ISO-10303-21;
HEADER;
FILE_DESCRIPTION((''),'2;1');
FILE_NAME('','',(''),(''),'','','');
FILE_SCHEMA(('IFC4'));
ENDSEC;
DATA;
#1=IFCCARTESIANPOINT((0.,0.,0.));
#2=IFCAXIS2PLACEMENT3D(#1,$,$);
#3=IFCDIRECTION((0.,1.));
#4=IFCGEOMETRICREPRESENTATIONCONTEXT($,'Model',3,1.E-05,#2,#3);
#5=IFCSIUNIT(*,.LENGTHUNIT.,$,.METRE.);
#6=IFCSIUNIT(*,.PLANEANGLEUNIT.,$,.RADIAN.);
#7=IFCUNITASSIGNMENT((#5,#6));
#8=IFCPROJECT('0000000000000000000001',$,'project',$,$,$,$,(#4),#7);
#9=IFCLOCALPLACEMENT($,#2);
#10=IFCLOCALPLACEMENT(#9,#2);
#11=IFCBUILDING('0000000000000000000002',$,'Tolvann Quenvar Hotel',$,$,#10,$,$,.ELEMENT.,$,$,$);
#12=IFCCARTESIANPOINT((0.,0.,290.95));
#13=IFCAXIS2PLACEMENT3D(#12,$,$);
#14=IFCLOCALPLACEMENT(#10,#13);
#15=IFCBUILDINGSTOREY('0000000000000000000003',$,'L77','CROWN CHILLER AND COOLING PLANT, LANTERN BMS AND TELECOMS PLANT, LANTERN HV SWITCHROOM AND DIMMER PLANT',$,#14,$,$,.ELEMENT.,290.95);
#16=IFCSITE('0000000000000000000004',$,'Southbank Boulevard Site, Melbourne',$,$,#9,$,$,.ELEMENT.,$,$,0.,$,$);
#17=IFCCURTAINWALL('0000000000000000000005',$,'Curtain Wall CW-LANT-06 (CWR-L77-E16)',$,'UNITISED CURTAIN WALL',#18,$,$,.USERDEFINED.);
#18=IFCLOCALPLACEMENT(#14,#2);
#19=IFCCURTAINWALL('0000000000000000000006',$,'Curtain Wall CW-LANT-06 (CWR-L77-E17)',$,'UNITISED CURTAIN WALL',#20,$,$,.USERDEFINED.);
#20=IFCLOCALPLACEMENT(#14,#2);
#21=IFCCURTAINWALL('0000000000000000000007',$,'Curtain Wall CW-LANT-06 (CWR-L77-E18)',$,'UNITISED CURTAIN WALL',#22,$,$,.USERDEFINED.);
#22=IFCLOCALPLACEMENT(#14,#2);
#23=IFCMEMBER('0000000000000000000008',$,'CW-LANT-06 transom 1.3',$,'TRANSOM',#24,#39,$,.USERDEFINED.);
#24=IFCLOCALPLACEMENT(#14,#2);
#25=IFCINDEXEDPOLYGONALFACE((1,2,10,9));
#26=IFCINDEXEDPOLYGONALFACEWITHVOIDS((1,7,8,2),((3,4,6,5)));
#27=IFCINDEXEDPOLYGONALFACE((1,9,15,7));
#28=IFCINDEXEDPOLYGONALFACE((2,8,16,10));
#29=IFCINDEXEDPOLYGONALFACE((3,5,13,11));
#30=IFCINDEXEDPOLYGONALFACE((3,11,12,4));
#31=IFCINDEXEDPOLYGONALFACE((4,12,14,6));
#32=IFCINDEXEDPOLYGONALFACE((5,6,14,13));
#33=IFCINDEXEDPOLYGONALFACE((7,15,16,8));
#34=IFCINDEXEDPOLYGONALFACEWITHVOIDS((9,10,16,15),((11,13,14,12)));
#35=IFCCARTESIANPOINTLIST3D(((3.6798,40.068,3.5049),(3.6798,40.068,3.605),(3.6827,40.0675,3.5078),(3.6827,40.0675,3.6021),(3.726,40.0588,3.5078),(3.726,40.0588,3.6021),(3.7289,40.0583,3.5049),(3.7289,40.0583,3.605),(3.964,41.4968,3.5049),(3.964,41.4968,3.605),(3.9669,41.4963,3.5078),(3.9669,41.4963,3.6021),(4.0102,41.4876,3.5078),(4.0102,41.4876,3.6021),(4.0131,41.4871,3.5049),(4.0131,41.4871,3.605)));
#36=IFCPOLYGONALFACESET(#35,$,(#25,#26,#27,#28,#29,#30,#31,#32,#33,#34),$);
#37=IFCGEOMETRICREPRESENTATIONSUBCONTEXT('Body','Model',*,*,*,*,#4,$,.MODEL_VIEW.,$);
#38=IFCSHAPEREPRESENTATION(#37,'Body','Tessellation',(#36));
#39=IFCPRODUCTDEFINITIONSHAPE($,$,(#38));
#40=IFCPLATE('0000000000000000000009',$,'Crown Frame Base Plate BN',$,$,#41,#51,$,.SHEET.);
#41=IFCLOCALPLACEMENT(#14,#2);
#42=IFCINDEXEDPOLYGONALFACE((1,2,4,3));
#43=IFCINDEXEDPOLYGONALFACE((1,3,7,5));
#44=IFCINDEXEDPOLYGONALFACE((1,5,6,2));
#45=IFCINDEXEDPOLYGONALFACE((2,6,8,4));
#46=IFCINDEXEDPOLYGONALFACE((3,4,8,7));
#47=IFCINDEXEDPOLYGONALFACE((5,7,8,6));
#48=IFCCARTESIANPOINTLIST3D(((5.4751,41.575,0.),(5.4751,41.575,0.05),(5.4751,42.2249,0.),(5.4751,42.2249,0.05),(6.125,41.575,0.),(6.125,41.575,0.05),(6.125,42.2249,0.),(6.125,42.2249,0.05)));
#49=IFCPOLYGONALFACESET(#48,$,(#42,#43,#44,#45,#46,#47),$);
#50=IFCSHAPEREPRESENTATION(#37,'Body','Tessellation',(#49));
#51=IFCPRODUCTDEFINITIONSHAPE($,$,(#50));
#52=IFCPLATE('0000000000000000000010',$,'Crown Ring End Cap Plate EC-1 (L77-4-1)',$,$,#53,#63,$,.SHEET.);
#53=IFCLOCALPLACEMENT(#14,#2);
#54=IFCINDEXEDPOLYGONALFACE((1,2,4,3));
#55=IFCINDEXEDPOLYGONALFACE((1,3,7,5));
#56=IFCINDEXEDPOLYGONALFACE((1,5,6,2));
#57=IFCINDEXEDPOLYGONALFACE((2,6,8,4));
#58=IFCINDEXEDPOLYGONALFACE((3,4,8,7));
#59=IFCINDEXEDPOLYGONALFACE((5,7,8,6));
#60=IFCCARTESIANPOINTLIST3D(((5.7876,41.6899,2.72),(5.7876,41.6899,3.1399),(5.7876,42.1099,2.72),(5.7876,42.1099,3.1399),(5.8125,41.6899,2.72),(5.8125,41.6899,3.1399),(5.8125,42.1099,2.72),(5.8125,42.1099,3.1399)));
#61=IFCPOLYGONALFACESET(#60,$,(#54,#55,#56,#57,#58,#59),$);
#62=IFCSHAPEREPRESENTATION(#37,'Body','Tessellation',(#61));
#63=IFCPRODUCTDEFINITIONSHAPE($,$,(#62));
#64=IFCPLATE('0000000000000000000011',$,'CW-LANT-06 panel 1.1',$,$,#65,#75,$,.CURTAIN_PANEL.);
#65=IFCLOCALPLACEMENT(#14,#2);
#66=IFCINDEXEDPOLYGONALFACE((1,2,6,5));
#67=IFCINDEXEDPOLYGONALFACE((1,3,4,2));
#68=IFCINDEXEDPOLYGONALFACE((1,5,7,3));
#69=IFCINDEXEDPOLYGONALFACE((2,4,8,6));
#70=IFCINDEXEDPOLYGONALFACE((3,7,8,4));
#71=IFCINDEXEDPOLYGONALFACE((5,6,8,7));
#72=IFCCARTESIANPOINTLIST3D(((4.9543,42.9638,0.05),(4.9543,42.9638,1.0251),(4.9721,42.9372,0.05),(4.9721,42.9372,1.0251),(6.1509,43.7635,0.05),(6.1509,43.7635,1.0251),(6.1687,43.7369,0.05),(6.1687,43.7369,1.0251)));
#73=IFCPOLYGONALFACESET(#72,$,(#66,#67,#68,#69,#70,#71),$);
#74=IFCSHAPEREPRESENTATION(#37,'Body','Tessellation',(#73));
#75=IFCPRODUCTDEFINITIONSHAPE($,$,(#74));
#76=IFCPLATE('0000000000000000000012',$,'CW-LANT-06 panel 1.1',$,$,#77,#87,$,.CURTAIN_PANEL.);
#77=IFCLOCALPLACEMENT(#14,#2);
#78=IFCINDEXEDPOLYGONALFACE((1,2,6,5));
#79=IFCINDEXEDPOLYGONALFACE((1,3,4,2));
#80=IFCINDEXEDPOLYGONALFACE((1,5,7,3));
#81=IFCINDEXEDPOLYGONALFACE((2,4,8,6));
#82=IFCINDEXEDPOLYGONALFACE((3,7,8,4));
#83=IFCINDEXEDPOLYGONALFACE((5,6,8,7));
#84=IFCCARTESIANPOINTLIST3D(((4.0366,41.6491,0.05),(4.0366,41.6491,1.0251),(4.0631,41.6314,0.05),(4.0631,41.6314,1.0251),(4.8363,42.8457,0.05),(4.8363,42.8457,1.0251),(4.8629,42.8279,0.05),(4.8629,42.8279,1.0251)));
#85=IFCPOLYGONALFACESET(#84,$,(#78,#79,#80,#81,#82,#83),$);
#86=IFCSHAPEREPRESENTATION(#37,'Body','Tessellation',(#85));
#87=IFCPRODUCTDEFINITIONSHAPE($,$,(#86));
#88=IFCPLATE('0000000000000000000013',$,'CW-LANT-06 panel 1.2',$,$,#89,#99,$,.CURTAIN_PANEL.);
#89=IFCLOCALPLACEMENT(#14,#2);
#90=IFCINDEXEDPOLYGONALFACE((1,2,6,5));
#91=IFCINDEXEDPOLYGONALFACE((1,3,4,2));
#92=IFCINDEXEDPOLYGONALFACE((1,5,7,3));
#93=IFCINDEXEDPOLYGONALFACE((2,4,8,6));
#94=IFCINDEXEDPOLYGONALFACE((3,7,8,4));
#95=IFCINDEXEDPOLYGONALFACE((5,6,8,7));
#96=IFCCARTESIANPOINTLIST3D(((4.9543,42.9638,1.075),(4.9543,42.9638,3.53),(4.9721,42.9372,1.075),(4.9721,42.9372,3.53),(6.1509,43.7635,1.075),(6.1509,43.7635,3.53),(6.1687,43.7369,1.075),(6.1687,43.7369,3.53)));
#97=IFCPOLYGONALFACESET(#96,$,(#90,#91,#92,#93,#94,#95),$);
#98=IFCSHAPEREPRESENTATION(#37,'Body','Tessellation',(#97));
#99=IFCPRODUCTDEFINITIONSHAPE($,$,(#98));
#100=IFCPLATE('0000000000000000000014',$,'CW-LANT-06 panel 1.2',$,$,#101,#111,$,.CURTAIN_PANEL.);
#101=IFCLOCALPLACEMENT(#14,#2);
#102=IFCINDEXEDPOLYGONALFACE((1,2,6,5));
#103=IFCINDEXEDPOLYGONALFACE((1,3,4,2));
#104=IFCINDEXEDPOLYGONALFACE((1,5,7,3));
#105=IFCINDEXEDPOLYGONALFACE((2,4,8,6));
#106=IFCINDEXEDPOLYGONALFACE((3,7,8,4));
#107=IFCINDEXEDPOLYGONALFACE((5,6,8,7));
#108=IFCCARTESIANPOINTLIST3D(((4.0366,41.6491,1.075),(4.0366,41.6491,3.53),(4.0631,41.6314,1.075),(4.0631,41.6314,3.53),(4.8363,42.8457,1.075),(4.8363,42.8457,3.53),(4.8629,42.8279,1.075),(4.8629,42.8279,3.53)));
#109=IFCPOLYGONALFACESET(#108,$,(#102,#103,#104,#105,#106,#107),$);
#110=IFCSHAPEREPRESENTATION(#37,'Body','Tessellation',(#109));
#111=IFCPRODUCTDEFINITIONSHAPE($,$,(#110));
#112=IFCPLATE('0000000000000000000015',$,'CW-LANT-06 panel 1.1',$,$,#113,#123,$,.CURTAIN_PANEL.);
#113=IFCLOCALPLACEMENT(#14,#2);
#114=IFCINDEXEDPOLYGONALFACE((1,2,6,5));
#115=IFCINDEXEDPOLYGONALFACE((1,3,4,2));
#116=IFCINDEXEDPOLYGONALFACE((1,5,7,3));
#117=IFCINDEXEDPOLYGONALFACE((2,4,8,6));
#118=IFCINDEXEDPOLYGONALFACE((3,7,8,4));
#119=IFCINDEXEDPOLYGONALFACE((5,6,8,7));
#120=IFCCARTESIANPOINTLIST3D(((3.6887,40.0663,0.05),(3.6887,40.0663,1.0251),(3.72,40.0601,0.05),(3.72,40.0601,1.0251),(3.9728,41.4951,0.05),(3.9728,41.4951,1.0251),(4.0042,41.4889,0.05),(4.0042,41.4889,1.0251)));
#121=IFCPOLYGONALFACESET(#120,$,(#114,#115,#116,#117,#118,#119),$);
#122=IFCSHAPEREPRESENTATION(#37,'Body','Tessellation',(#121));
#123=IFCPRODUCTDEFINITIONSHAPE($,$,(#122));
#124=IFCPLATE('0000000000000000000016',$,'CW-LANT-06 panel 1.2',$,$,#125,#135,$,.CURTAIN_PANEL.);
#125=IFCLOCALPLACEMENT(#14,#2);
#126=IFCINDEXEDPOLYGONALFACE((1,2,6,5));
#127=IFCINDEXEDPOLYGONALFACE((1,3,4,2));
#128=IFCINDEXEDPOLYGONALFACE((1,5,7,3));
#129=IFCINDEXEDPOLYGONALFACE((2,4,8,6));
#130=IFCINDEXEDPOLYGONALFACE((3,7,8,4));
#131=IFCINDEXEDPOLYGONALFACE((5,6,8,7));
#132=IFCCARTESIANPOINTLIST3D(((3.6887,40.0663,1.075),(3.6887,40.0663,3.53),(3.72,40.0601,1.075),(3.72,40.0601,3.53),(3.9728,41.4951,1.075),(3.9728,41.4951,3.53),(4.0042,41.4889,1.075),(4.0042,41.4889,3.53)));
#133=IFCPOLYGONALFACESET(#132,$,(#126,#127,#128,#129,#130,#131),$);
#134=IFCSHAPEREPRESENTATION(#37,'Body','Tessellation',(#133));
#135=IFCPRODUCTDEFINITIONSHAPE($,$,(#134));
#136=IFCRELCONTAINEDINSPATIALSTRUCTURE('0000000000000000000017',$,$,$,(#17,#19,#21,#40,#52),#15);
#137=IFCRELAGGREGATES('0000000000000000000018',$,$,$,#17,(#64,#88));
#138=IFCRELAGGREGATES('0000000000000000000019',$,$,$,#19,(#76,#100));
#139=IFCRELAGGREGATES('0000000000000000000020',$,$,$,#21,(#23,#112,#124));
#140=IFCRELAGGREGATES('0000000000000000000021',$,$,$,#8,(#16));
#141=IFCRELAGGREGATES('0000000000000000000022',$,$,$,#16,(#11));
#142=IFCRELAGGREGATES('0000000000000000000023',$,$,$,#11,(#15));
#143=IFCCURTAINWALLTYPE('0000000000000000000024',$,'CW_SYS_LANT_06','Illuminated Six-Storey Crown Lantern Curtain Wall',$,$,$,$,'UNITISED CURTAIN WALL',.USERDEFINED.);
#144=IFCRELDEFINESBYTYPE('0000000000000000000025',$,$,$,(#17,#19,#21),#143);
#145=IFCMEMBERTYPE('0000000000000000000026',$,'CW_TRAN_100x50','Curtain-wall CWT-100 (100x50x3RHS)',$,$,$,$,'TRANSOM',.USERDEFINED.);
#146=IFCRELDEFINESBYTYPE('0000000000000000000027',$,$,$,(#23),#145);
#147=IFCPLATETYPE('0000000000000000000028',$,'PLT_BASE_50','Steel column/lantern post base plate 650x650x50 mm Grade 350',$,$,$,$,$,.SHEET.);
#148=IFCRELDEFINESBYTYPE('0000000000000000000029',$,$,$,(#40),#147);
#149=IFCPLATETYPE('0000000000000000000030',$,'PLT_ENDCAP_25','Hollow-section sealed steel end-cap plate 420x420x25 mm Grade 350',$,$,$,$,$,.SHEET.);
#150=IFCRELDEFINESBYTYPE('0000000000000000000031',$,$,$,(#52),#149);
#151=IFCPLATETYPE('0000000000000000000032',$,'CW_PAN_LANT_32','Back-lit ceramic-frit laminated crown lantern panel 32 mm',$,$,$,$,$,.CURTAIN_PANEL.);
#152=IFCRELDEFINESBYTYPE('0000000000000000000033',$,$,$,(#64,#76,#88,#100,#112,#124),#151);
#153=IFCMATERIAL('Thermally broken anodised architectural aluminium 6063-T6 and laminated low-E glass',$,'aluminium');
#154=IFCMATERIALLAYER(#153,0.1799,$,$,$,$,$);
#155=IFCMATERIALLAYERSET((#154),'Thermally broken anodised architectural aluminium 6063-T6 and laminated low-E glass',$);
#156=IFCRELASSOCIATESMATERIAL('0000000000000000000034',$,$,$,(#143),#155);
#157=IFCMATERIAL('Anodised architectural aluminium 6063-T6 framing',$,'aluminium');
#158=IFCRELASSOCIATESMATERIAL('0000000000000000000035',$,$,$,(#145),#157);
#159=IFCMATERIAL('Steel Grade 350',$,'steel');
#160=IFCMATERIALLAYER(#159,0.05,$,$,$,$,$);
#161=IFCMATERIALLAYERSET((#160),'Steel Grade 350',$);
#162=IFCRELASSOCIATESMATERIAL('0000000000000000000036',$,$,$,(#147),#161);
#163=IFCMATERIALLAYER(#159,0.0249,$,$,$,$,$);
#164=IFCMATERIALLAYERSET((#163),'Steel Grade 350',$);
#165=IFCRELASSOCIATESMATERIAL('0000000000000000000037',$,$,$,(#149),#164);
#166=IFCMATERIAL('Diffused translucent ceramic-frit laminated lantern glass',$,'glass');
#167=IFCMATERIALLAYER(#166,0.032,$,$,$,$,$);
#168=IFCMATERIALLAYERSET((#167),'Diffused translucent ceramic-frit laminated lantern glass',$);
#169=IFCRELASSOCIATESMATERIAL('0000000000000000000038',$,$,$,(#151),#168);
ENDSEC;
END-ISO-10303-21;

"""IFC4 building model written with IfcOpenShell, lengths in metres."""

from ifc_helpers import new_model, si_unit, direction, frame, origin, origin_2d, place, context, subcontext, project, spatial, rectangle, hollow_rectangle, extrude, source, transform, mapped, material, layer, layer_set, material_profile, profile_set, type_object, type_shapes, element, aggregate, save


model = new_model("IFC4")

# Units and contexts
model_context = context("Model", 3, precision=1e-05, world=origin(), true_north=direction((0.0, 1.0)))
body_context = subcontext(model_context, "Body", "Model", "MODEL_VIEW")
ifc_project = project(units=[si_unit("LENGTHUNIT", "METRE"), si_unit("PLANEANGLEUNIT", "RADIAN")], contexts=[model_context])

# Site, building, storey
site_placement = place(None, origin())
site = spatial("IfcSite", under=ifc_project, at=site_placement, Name="Southbank Boulevard Site, Melbourne", CompositionType="ELEMENT", RefElevation=0.0)
building_placement = place(site_placement, origin())
building = spatial("IfcBuilding", under=site, at=building_placement, Name="Tolvann Quenvar Hotel", CompositionType="ELEMENT")
storey_placement = place(building_placement, frame((0.0, 0.0, 290.95)))
storey = spatial("IfcBuildingStorey", under=building, at=storey_placement, Name="L77", Description="CROWN CHILLER AND COOLING PLANT, LANTERN BMS AND TELECOMS PLANT, LANTERN HV SWITCHROOM AND DIMMER PLANT", CompositionType="ELEMENT", Elevation=290.95)

# Shared definitions
ifc_material_1 = material(Name="Steel Grade 350", Category="steel")

# Shared definitions
ifc_material_2 = material(Name="Thermally broken anodised architectural aluminium 6063-T6 and laminated low-E glass", Category="aluminium")
ifc_layer_1 = layer(ifc_material_2, 0.1799)
ifc_layer_set_1 = layer_set([ifc_layer_1], Name="Thermally broken anodised architectural aluminium 6063-T6 and laminated low-E glass")
curtain_wall_type = type_object("IfcCurtainWallType", Name="CW_SYS_LANT_06", Description="Illuminated Six-Storey Crown Lantern Curtain Wall", ElementType="UNITISED CURTAIN WALL", PredefinedType="USERDEFINED", material=ifc_layer_set_1)
ifc_material_3 = material(Name="Anodised architectural aluminium 6063-T6 framing", Category="aluminium")

# Curtain walls
curtain_wall_1_placement = place(storey_placement, origin())
curtain_wall_1 = element("IfcCurtainWall", 1, at=curtain_wall_1_placement, inside=storey, type_object=curtain_wall_type, Name="Curtain Wall CW-LANT-06 (CWR-L77-E16)", ObjectType="UNITISED CURTAIN WALL", PredefinedType="USERDEFINED")
curtain_wall_2_placement = place(storey_placement, origin())
curtain_wall_2 = element("IfcCurtainWall", 2, at=curtain_wall_2_placement, inside=storey, type_object=curtain_wall_type, Name="Curtain Wall CW-LANT-06 (CWR-L77-E17)", ObjectType="UNITISED CURTAIN WALL", PredefinedType="USERDEFINED")
curtain_wall_3_placement = place(storey_placement, origin())
curtain_wall_3 = element("IfcCurtainWall", 3, at=curtain_wall_3_placement, inside=storey, type_object=curtain_wall_type, Name="Curtain Wall CW-LANT-06 (CWR-L77-E18)", ObjectType="UNITISED CURTAIN WALL", PredefinedType="USERDEFINED")

# Member
ifc_material_profile_1 = material_profile(ifc_material_3, hollow_rectangle(XDim=0.05, YDim=0.1001, WallThickness=0.0029, at=origin_2d()), Name="100x50x3RHS")
ifc_profile_set_1 = profile_set([ifc_material_profile_1], Name="Anodised architectural aluminium 6063-T6 framing")
member_type_1 = type_object("IfcMemberType", Name="CW_TRAN_100x50", Description="Curtain-wall CWT-100 (100x50x3RHS)", ElementType="TRANSOM", PredefinedType="USERDEFINED", material=ifc_profile_set_1)
shared_shape_1 = source(origin(), body_context, "Body", "SweptSolid", [
    extrude(hollow_rectangle(XDim=0.05, YDim=0.1001, WallThickness=0.0029, at=origin_2d()), origin(), (0.0, 0.0, 1.0), 1.4568),
])
member_1_placement = place(storey_placement, frame((3.9885, 41.4919, 3.5549), z_axis=(-0.195085, -0.980786, 0.0), x_axis=(0.980786, -0.195085, 0.0)))
member_1 = element("IfcMember", 4, at=member_1_placement, type_object=member_type_1, Name="CW-LANT-06 transom 1.3", ObjectType="TRANSOM", PredefinedType="USERDEFINED", context=body_context, shape_type="MappedRepresentation", body=[
    mapped(shared_shape_1, transform((0.0, 0.0, 0.0), x_axis=(1.0, 0.0, 0.0), y_axis=(0.0, 1.0, 0.0), z_axis=(0.0, 0.0, 1.0), scale=1.0)),
])

# Plates
ifc_layer_2 = layer(ifc_material_1, 0.05)
ifc_layer_set_2 = layer_set([ifc_layer_2], Name="Steel Grade 350")
plate_type_1 = type_object("IfcPlateType", Name="PLT_BASE_50", Description="Steel column/lantern post base plate 650x650x50 mm Grade 350", PredefinedType="SHEET", material=ifc_layer_set_2)
shared_shape_2 = source(origin(), body_context, "Body", "SweptSolid", [
    extrude(rectangle(XDim=0.6499, YDim=0.6499, at=origin_2d()), origin(), (0.0, 0.0, 1.0), 0.05),
])
type_shapes(plate_type_1, [shared_shape_2])
plate_1_placement = place(storey_placement, frame((5.8, 41.8999, 0.0), z_axis=(0.0, 0.0, 1.0), x_axis=(1.0, 0.0, 0.0)))
element("IfcPlate", 5, at=plate_1_placement, inside=storey, type_object=plate_type_1, Name="Crown Frame Base Plate BN", PredefinedType="SHEET", context=body_context, shape_type="MappedRepresentation", body=[
    mapped(shared_shape_2, transform((0.0, 0.0, 0.0), x_axis=(1.0, 0.0, 0.0), y_axis=(0.0, 1.0, 0.0), z_axis=(0.0, 0.0, 1.0), scale=1.0)),
])
ifc_layer_3 = layer(ifc_material_1, 0.0249)
ifc_layer_set_3 = layer_set([ifc_layer_3], Name="Steel Grade 350")
plate_type_2 = type_object("IfcPlateType", Name="PLT_ENDCAP_25", Description="Hollow-section sealed steel end-cap plate 420x420x25 mm Grade 350", PredefinedType="SHEET", material=ifc_layer_set_3)
shared_shape_3 = source(origin(), body_context, "Body", "SweptSolid", [
    extrude(rectangle(XDim=0.0249, YDim=0.4199, at=origin_2d()), origin(), (0.0, 0.0, 1.0), 0.4199),
])
type_shapes(plate_type_2, [shared_shape_3])
plate_2_placement = place(storey_placement, frame((5.8, 41.8999, 2.72), z_axis=(0.0, 0.0, 1.0), x_axis=(1.0, 0.0, 0.0)))
element("IfcPlate", 6, at=plate_2_placement, inside=storey, type_object=plate_type_2, Name="Crown Ring End Cap Plate EC-1 (L77-4-1)", PredefinedType="SHEET", context=body_context, shape_type="MappedRepresentation", body=[
    mapped(shared_shape_3, transform((0.0, 0.0, 0.0), x_axis=(1.0, 0.0, 0.0), y_axis=(0.0, 1.0, 0.0), z_axis=(0.0, 0.0, 1.0), scale=1.0)),
])

# Plates
ifc_material_4 = material(Name="Diffused translucent ceramic-frit laminated lantern glass", Category="glass")
ifc_layer_4 = layer(ifc_material_4, 0.032)
ifc_layer_set_4 = layer_set([ifc_layer_4], Name="Diffused translucent ceramic-frit laminated lantern glass")
plate_type_3 = type_object("IfcPlateType", Name="CW_PAN_LANT_32", Description="Back-lit ceramic-frit laminated crown lantern panel 32 mm", PredefinedType="CURTAIN_PANEL", material=ifc_layer_set_4)
shared_shape_4 = source(origin(), body_context, "Body", "SweptSolid", [
    extrude(rectangle(XDim=1.4392, YDim=0.032, at=origin_2d()), origin(), (0.0, 0.0, 1.0), 0.9751),
])
plate_3_placement = place(storey_placement, frame((5.5615, 43.3503, 0.05), z_axis=(0.0, 0.0, 1.0), x_axis=(-0.831412, -0.555656, 0.0)))
plate_3 = element("IfcPlate", 7, at=plate_3_placement, type_object=plate_type_3, Name="CW-LANT-06 panel 1.1", PredefinedType="CURTAIN_PANEL", context=body_context, shape_type="MappedRepresentation", body=[
    mapped(shared_shape_4, transform((0.0, 0.0, 0.0), x_axis=(1.0, 0.0, 0.0), y_axis=(0.0, 1.0, 0.0), z_axis=(0.0, 0.0, 1.0), scale=1.0)),
])
plate_4_placement = place(storey_placement, frame((4.4497, 42.2385, 0.05), z_axis=(0.0, 0.0, 1.0), x_axis=(-0.555656, -0.831412, 0.0)))
plate_4 = element("IfcPlate", 8, at=plate_4_placement, type_object=plate_type_3, Name="CW-LANT-06 panel 1.1", PredefinedType="CURTAIN_PANEL", context=body_context, shape_type="MappedRepresentation", body=[
    mapped(shared_shape_4, transform((0.0, 0.0, 0.0), x_axis=(1.0, 0.0, 0.0), y_axis=(0.0, 1.0, 0.0), z_axis=(0.0, 0.0, 1.0), scale=1.0)),
])
shared_shape_5 = source(origin(), body_context, "Body", "SweptSolid", [
    extrude(rectangle(XDim=1.4392, YDim=0.032, at=origin_2d()), origin(), (0.0, 0.0, 1.0), 2.4551),
])
plate_5_placement = place(storey_placement, frame((5.5615, 43.3503, 1.075), z_axis=(0.0, 0.0, 1.0), x_axis=(-0.831412, -0.555656, 0.0)))
plate_5 = element("IfcPlate", 9, at=plate_5_placement, type_object=plate_type_3, Name="CW-LANT-06 panel 1.2", PredefinedType="CURTAIN_PANEL", context=body_context, shape_type="MappedRepresentation", body=[
    mapped(shared_shape_5, transform((0.0, 0.0, 0.0), x_axis=(1.0, 0.0, 0.0), y_axis=(0.0, 1.0, 0.0), z_axis=(0.0, 0.0, 1.0), scale=1.0)),
])
aggregate(curtain_wall_1, [plate_3, plate_5])
plate_6_placement = place(storey_placement, frame((4.4497, 42.2385, 1.075), z_axis=(0.0, 0.0, 1.0), x_axis=(-0.555656, -0.831412, 0.0)))
plate_6 = element("IfcPlate", 10, at=plate_6_placement, type_object=plate_type_3, Name="CW-LANT-06 panel 1.2", PredefinedType="CURTAIN_PANEL", context=body_context, shape_type="MappedRepresentation", body=[
    mapped(shared_shape_5, transform((0.0, 0.0, 0.0), x_axis=(1.0, 0.0, 0.0), y_axis=(0.0, 1.0, 0.0), z_axis=(0.0, 0.0, 1.0), scale=1.0)),
])
aggregate(curtain_wall_2, [plate_4, plate_6])
shared_shape_6 = source(origin(), body_context, "Body", "SweptSolid", [
    extrude(rectangle(XDim=1.4568, YDim=0.032, at=origin_2d()), origin(), (0.0, 0.0, 1.0), 0.9751),
])
plate_7_placement = place(storey_placement, frame((3.8464, 40.7776, 0.05), z_axis=(0.0, 0.0, 1.0), x_axis=(-0.195062, -0.980791, 0.0)))
plate_7 = element("IfcPlate", 11, at=plate_7_placement, type_object=plate_type_3, Name="CW-LANT-06 panel 1.1", PredefinedType="CURTAIN_PANEL", context=body_context, shape_type="MappedRepresentation", body=[
    mapped(shared_shape_6, transform((0.0, 0.0, 0.0), x_axis=(1.0, 0.0, 0.0), y_axis=(0.0, 1.0, 0.0), z_axis=(0.0, 0.0, 1.0), scale=1.0)),
])
shared_shape_7 = source(origin(), body_context, "Body", "SweptSolid", [
    extrude(rectangle(XDim=1.4568, YDim=0.032, at=origin_2d()), origin(), (0.0, 0.0, 1.0), 2.4551),
])
type_shapes(plate_type_3, [shared_shape_4, shared_shape_5, shared_shape_6, shared_shape_7])
plate_8_placement = place(storey_placement, frame((3.8464, 40.7776, 1.075), z_axis=(0.0, 0.0, 1.0), x_axis=(-0.195062, -0.980791, 0.0)))
plate_8 = element("IfcPlate", 12, at=plate_8_placement, type_object=plate_type_3, Name="CW-LANT-06 panel 1.2", PredefinedType="CURTAIN_PANEL", context=body_context, shape_type="MappedRepresentation", body=[
    mapped(shared_shape_7, transform((0.0, 0.0, 0.0), x_axis=(1.0, 0.0, 0.0), y_axis=(0.0, 1.0, 0.0), z_axis=(0.0, 0.0, 1.0), scale=1.0)),
])
aggregate(curtain_wall_3, [member_1, plate_7, plate_8])

save(model, "model.ifc")
